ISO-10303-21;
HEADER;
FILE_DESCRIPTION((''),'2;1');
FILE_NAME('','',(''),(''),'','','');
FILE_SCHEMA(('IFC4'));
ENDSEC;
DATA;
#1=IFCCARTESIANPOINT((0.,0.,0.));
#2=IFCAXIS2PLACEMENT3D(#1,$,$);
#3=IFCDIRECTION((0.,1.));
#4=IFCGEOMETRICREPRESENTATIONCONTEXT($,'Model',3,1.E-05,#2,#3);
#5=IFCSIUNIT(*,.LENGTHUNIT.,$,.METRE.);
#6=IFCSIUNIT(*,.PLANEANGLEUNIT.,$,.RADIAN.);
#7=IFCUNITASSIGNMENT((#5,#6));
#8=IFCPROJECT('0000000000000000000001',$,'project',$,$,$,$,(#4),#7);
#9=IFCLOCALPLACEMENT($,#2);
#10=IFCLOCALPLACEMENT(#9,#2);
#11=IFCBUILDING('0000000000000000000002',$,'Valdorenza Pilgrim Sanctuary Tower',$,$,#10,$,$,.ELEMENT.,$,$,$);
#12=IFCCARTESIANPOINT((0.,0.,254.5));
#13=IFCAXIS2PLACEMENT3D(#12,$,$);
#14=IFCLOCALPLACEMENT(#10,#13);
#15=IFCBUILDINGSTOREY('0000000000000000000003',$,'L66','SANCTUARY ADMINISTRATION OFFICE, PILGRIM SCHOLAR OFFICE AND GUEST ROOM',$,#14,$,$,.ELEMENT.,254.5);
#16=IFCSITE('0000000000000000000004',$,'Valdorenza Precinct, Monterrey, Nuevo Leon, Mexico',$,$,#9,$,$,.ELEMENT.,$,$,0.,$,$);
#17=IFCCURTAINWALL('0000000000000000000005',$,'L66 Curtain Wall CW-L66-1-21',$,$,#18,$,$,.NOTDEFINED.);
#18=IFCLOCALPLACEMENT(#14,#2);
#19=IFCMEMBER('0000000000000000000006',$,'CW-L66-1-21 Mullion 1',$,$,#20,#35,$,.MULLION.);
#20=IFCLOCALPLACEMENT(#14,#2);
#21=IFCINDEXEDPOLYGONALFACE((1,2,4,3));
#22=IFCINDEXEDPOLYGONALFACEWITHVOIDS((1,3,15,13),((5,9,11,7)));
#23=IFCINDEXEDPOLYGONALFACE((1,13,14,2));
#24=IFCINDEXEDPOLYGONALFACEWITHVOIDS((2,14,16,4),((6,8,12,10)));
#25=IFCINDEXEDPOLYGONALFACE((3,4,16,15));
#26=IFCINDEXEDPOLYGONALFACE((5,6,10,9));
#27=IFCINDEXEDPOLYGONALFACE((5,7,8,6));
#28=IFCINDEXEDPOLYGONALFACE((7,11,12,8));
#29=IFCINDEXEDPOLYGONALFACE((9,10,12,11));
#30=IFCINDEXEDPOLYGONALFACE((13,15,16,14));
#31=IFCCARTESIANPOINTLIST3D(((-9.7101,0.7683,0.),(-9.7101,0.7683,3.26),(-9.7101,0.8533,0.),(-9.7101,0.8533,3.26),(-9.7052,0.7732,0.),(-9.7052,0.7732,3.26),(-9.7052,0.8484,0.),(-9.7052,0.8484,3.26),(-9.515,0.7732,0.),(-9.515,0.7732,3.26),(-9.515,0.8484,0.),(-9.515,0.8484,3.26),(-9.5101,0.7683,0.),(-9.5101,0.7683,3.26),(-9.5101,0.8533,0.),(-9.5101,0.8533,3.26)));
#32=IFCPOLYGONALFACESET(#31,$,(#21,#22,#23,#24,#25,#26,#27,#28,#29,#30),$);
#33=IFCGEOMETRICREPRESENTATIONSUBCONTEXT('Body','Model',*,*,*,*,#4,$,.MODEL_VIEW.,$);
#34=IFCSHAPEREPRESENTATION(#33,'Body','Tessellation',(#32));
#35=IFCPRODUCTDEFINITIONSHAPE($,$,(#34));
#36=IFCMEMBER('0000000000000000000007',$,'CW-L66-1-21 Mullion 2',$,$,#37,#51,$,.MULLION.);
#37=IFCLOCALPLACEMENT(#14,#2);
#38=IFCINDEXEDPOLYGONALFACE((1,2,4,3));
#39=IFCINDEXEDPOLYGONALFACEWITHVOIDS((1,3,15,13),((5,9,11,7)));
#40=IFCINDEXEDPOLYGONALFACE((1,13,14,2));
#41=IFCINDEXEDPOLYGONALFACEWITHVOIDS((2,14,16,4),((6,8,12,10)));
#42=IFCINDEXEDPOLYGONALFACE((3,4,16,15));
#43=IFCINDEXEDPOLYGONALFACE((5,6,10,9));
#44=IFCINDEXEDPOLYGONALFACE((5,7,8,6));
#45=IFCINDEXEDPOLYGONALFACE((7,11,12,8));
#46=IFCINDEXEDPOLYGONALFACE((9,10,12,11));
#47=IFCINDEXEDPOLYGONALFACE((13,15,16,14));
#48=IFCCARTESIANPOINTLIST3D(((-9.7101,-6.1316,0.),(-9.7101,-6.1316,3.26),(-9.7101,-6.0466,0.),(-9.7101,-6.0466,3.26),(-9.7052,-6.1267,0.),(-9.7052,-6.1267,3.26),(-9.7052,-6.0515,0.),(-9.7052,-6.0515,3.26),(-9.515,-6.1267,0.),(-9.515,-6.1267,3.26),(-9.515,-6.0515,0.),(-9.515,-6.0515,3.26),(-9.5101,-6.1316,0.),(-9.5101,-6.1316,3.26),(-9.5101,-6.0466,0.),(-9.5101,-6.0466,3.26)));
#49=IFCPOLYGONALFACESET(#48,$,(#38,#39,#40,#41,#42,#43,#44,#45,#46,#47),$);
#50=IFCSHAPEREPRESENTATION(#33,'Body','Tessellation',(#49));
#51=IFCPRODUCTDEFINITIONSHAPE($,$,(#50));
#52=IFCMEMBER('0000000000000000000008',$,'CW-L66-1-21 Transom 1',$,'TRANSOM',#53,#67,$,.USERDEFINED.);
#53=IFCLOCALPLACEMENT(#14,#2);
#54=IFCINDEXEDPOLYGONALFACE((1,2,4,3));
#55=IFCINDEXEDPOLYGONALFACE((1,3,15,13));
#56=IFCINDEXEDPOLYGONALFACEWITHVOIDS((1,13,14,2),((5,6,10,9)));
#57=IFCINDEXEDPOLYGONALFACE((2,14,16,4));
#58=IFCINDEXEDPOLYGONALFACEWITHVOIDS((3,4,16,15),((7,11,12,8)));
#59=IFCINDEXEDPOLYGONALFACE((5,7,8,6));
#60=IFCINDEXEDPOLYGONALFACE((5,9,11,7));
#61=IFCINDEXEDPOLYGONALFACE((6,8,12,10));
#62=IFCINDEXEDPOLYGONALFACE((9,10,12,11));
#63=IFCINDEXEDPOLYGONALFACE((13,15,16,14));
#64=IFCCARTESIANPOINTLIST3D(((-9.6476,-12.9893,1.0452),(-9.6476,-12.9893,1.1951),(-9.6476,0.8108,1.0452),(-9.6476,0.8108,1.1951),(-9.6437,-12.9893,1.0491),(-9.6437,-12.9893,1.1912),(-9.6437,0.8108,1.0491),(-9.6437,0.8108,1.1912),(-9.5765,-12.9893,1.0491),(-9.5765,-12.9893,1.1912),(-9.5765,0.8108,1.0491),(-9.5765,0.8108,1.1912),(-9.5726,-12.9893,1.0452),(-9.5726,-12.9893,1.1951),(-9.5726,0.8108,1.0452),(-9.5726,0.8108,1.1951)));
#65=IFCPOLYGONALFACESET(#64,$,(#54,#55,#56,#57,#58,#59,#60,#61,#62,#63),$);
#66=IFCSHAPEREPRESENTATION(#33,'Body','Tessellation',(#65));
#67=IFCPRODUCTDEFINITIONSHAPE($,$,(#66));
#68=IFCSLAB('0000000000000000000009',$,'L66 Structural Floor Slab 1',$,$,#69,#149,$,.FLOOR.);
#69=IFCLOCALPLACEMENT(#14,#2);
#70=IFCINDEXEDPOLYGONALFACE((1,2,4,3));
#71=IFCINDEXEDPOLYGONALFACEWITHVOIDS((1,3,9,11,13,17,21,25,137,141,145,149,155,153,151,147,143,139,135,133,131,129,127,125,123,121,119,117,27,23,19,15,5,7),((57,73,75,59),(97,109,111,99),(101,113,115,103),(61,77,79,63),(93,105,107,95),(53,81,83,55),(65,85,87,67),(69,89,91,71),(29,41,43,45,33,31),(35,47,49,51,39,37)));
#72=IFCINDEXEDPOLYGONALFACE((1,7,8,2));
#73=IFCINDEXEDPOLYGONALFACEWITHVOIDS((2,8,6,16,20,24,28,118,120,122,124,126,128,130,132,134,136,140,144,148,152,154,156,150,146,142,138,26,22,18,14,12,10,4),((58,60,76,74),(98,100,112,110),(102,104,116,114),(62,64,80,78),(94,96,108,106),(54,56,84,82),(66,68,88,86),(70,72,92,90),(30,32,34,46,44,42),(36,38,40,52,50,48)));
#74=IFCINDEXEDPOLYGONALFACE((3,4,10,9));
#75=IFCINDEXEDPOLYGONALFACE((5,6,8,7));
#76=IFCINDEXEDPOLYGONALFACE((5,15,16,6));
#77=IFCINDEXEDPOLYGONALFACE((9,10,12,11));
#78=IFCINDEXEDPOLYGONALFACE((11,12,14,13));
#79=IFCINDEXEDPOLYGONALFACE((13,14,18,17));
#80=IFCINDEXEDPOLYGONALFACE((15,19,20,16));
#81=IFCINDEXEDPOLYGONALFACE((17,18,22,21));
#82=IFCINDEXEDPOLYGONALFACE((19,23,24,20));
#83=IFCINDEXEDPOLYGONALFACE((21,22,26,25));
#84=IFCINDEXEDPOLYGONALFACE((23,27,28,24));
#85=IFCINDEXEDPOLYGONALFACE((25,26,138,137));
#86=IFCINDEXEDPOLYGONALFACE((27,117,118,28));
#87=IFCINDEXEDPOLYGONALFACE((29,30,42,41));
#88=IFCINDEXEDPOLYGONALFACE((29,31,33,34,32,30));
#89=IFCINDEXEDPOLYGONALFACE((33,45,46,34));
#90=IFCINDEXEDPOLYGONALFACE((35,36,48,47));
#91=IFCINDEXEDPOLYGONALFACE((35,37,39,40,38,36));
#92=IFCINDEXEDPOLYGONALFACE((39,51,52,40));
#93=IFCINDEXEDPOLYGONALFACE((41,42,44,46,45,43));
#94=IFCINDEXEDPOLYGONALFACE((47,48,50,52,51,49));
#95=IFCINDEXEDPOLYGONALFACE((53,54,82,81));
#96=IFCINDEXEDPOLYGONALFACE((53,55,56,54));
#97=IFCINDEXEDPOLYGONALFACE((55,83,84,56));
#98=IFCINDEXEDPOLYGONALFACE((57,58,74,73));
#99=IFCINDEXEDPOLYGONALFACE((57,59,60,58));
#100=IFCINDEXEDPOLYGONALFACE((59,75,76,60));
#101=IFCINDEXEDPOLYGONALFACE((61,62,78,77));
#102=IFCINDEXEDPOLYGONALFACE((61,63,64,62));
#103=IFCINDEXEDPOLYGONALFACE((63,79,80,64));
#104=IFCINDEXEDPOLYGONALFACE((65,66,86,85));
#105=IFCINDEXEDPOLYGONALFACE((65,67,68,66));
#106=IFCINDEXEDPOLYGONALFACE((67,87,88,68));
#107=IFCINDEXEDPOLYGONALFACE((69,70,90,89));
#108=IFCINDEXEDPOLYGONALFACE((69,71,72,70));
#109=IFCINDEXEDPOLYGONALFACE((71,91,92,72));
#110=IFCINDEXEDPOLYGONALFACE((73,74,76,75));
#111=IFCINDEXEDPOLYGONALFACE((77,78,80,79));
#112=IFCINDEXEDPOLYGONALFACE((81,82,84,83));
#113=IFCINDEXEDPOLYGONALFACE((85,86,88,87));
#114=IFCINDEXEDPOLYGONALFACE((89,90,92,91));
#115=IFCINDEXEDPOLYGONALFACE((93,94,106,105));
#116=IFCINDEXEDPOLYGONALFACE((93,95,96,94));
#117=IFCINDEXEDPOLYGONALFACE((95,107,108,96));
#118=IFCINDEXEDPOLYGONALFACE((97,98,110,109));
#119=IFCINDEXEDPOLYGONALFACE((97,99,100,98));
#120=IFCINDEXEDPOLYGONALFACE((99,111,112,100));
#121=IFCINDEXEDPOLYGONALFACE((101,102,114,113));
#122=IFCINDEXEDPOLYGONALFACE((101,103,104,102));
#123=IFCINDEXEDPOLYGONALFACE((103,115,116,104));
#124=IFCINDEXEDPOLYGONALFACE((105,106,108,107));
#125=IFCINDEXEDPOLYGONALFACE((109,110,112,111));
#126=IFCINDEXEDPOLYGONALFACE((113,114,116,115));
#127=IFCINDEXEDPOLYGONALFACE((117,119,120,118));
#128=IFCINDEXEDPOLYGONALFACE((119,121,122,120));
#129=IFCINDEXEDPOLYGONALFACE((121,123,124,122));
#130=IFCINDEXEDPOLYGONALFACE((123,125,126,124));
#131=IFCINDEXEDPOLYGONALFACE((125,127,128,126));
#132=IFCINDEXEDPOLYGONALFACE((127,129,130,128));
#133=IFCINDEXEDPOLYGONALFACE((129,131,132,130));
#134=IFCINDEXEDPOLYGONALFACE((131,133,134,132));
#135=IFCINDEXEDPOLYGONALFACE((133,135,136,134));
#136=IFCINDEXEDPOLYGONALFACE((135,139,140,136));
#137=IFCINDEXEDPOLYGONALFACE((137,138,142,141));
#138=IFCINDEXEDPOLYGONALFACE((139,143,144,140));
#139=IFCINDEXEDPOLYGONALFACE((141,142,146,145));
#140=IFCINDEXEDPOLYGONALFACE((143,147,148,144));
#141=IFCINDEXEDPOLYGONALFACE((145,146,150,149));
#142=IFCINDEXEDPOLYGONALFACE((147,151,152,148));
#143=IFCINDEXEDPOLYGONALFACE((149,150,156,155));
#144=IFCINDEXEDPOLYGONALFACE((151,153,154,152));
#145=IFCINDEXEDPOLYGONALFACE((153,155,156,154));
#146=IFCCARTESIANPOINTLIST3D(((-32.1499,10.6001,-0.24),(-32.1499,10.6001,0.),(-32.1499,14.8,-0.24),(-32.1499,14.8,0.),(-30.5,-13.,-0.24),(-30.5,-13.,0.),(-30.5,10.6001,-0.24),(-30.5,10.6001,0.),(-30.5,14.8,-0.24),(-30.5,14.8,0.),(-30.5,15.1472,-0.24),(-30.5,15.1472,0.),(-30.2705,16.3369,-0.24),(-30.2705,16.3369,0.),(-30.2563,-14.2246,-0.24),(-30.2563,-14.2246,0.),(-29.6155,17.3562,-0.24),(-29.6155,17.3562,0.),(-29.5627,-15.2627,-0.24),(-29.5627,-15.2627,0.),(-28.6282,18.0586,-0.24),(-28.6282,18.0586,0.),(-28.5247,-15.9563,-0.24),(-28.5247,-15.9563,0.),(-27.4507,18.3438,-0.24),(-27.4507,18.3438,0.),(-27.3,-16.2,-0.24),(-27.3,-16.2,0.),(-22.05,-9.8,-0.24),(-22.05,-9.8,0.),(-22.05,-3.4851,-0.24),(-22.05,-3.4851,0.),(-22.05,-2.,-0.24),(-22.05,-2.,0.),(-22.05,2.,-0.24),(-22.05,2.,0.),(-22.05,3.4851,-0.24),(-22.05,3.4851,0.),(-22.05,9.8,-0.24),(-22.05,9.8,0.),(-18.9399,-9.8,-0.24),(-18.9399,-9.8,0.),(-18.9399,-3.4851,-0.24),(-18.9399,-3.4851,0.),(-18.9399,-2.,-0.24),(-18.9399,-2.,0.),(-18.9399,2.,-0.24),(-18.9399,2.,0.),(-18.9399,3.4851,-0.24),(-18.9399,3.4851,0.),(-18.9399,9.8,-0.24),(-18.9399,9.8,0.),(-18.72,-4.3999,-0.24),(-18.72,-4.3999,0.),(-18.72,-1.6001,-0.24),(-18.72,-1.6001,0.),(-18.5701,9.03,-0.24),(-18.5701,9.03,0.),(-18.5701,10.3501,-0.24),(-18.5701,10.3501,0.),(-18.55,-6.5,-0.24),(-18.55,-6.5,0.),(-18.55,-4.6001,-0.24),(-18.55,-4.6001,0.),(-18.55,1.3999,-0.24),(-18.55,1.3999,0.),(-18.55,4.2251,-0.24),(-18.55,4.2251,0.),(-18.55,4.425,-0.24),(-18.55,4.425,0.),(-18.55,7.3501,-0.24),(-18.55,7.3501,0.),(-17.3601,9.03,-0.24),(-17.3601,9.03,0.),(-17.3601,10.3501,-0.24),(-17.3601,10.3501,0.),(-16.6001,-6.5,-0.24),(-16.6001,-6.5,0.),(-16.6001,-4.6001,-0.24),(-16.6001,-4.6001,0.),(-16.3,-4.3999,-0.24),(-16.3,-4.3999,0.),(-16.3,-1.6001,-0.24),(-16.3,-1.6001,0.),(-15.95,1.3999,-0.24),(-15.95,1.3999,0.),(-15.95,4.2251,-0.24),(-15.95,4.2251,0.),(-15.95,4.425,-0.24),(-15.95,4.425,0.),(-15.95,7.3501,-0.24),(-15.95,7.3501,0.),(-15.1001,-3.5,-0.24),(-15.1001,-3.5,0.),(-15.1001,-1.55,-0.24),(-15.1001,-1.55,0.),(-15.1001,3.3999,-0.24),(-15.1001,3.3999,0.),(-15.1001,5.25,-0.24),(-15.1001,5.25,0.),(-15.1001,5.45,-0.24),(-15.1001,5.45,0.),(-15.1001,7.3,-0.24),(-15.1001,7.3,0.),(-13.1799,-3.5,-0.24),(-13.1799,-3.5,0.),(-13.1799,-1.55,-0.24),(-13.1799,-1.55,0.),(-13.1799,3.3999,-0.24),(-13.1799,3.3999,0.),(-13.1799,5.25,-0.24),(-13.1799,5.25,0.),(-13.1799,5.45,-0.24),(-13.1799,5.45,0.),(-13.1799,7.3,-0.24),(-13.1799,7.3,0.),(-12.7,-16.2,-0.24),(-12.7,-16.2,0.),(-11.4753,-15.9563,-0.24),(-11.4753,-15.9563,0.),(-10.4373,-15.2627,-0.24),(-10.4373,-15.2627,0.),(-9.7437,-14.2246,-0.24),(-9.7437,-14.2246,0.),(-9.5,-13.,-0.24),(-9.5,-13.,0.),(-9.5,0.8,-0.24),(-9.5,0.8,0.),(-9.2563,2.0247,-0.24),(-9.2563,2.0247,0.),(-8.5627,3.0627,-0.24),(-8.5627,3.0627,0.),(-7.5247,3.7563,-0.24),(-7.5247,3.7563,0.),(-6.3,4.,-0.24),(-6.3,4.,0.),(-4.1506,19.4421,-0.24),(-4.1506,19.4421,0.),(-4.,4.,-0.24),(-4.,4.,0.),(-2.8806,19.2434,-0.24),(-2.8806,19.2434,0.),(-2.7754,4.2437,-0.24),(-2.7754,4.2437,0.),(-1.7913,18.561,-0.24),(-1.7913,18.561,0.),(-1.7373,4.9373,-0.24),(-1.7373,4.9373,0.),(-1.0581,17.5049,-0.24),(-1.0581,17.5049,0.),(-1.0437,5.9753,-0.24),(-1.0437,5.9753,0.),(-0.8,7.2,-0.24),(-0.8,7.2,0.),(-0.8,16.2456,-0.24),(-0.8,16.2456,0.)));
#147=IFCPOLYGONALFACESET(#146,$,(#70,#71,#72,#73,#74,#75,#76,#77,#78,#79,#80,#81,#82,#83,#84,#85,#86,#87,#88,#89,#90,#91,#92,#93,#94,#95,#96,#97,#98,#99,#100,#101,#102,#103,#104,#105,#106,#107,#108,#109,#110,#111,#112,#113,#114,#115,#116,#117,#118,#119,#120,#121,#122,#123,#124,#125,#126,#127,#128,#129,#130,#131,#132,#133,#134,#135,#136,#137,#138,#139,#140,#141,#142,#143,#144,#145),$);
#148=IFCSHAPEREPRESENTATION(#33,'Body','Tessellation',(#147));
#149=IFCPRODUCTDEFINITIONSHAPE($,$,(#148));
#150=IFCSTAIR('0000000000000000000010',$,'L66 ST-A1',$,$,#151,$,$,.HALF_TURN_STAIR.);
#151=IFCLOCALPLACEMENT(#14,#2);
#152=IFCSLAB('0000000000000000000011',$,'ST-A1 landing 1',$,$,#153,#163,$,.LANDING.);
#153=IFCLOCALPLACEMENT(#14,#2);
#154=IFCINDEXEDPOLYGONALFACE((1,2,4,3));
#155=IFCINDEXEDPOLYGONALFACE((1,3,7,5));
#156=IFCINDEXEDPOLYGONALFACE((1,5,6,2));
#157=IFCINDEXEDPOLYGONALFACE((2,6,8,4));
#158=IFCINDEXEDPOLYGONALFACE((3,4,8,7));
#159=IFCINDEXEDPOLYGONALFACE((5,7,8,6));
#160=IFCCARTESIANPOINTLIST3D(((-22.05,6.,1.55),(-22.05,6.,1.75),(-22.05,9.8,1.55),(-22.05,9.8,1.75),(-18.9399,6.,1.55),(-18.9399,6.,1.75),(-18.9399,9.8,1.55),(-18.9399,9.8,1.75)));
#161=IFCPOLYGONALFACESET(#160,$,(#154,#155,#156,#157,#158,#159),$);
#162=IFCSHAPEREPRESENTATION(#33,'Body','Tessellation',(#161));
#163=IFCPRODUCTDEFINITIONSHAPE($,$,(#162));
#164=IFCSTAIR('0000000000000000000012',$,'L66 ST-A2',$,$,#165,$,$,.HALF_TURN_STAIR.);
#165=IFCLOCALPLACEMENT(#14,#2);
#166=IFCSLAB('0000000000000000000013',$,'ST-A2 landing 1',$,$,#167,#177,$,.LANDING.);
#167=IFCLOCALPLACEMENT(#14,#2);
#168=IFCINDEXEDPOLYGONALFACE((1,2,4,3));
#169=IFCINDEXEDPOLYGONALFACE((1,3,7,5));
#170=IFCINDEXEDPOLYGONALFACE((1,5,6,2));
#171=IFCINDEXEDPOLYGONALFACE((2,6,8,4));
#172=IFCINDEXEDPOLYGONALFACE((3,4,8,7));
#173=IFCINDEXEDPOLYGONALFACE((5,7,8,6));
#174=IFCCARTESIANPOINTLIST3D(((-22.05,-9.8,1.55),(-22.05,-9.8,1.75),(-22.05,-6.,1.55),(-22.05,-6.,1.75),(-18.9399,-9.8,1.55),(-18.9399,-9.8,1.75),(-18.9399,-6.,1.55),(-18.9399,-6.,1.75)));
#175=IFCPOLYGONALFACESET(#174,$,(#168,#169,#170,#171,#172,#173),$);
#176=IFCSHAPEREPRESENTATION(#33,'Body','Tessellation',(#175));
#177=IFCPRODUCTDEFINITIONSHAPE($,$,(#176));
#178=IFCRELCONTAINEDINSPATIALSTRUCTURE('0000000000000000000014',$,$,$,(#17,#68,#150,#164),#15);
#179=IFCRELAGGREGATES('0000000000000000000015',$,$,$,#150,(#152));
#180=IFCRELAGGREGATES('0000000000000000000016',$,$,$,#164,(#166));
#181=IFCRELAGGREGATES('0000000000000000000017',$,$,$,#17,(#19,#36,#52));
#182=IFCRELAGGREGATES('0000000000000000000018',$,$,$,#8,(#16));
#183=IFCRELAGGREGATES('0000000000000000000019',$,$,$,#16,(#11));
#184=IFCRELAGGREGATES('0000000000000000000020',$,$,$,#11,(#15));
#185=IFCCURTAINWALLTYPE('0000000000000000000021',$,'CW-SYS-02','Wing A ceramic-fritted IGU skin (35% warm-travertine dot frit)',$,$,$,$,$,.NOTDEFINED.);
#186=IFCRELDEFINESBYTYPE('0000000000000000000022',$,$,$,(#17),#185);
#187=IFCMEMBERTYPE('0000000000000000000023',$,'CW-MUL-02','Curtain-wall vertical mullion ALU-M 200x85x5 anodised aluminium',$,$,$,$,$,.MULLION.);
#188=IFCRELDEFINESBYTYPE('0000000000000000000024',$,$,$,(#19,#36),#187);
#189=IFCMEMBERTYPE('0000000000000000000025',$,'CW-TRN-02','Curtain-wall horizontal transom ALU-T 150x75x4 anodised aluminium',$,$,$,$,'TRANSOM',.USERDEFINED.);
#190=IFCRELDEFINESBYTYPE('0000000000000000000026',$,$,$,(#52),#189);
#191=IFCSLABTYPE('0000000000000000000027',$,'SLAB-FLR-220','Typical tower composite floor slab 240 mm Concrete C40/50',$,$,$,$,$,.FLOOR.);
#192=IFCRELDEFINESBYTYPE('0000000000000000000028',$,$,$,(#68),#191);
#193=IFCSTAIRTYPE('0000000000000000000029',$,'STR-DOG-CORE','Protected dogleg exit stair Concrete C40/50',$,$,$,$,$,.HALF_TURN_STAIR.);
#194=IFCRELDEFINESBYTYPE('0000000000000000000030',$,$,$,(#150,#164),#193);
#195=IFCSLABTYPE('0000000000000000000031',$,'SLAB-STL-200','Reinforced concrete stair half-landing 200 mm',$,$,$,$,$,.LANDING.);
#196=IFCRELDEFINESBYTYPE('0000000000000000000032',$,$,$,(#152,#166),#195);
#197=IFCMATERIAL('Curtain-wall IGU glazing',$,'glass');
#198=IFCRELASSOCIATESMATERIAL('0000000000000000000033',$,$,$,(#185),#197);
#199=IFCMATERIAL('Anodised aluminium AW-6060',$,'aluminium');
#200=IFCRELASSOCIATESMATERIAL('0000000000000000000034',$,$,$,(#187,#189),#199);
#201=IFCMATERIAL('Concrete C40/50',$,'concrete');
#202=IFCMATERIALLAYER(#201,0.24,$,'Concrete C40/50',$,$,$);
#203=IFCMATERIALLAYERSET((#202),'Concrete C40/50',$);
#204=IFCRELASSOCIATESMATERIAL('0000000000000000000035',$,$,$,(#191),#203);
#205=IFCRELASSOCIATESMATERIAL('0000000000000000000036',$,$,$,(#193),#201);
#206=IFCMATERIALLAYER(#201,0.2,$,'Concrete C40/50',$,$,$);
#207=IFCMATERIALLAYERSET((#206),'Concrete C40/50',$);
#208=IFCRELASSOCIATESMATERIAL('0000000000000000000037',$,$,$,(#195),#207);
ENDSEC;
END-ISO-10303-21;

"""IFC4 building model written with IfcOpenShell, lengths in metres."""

from ifc_helpers import new_model, si_unit, direction, frame, origin, origin_2d, place, context, subcontext, project, spatial, polyline, hollow_rectangle, outline, extrude, source, transform, mapped, material, layer, layer_set, material_profile, profile_set, type_object, element, aggregate, save


model = new_model("IFC4")

# Units and contexts
model_context = context("Model", 3, precision=1e-05, world=origin(), true_north=direction((0.0, 1.0)))
body_context = subcontext(model_context, "Body", "Model", "MODEL_VIEW")
ifc_project = project(units=[si_unit("LENGTHUNIT", "METRE"), si_unit("PLANEANGLEUNIT", "RADIAN")], contexts=[model_context])

# Site, building, storey
site_placement = place(None, origin())
site = spatial("IfcSite", under=ifc_project, at=site_placement, Name="Valdorenza Precinct, Monterrey, Nuevo Leon, Mexico", CompositionType="ELEMENT", RefElevation=0.0)
building_placement = place(site_placement, origin())
building = spatial("IfcBuilding", under=site, at=building_placement, Name="Valdorenza Pilgrim Sanctuary Tower", CompositionType="ELEMENT")
storey_placement = place(building_placement, frame((0.0, 0.0, 254.5)))
storey = spatial("IfcBuildingStorey", under=building, at=storey_placement, Name="L66", Description="SANCTUARY ADMINISTRATION OFFICE, PILGRIM SCHOLAR OFFICE AND GUEST ROOM", CompositionType="ELEMENT", Elevation=254.5)

# Curtain wall, members
ifc_material_1 = material(Name="Curtain-wall IGU glazing", Category="glass")
curtain_wall_type = type_object("IfcCurtainWallType", Name="CW-SYS-02", Description="Wing A ceramic-fritted IGU skin (35% warm-travertine dot frit)", PredefinedType="NOTDEFINED", material=ifc_material_1)
curtain_wall_placement = place(storey_placement, origin())
curtain_wall = element("IfcCurtainWall", 1, at=curtain_wall_placement, inside=storey, type_object=curtain_wall_type, Name="L66 Curtain Wall CW-L66-1-21", PredefinedType="NOTDEFINED")
ifc_material_2 = material(Name="Anodised aluminium AW-6060", Category="aluminium")
ifc_material_profile_1 = material_profile(ifc_material_2, hollow_rectangle(XDim=0.085, YDim=0.2, WallThickness=0.0049, at=origin_2d()), Name="ALU-M 200x85x5")
ifc_profile_set_1 = profile_set([ifc_material_profile_1], Name="Anodised aluminium AW-6060")
member_type_1 = type_object("IfcMemberType", Name="CW-MUL-02", Description="Curtain-wall vertical mullion ALU-M 200x85x5 anodised aluminium", PredefinedType="MULLION", material=ifc_profile_set_1)
shared_shape_1 = source(origin(), body_context, "Body", "SweptSolid", [
    extrude(hollow_rectangle(XDim=0.085, YDim=0.2, WallThickness=0.0049, at=origin_2d()), origin(), (0.0, 0.0, 1.0), 3.26),
])
member_1_placement = place(storey_placement, frame((-9.6101, 0.8108, 0.0), z_axis=(0.0, 0.0, 1.0), x_axis=(0.0, -1.0, 0.0)))
member_1 = element("IfcMember", 2, at=member_1_placement, type_object=member_type_1, Name="CW-L66-1-21 Mullion 1", PredefinedType="MULLION", context=body_context, shape_type="MappedRepresentation", body=[
    mapped(shared_shape_1, transform((0.0, 0.0, 0.0), x_axis=(1.0, 0.0, 0.0), y_axis=(0.0, 1.0, 0.0), z_axis=(0.0, 0.0, 1.0), scale=1.0)),
])
member_2_placement = place(storey_placement, frame((-9.6101, -6.0891, 0.0), z_axis=(0.0, 0.0, 1.0), x_axis=(0.0, -1.0, 0.0)))
member_2 = element("IfcMember", 3, at=member_2_placement, type_object=member_type_1, Name="CW-L66-1-21 Mullion 2", PredefinedType="MULLION", context=body_context, shape_type="MappedRepresentation", body=[
    mapped(shared_shape_1, transform((0.0, 0.0, 0.0), x_axis=(1.0, 0.0, 0.0), y_axis=(0.0, 1.0, 0.0), z_axis=(0.0, 0.0, 1.0), scale=1.0)),
])
ifc_material_profile_2 = material_profile(ifc_material_2, hollow_rectangle(XDim=0.075, YDim=0.1499, WallThickness=0.0039, at=origin_2d()), Name="ALU-T 150x75x4")
ifc_profile_set_2 = profile_set([ifc_material_profile_2], Name="Anodised aluminium AW-6060")
member_type_2 = type_object("IfcMemberType", Name="CW-TRN-02", Description="Curtain-wall horizontal transom ALU-T 150x75x4 anodised aluminium", ElementType="TRANSOM", PredefinedType="USERDEFINED", material=ifc_profile_set_2)
shared_shape_2 = source(origin(), body_context, "Body", "SweptSolid", [
    extrude(hollow_rectangle(XDim=0.075, YDim=0.1499, WallThickness=0.0039, at=origin_2d()), origin(), (0.0, 0.0, 1.0), 13.8),
])
member_3_placement = place(storey_placement, frame((-9.6101, 0.8108, 1.1201), z_axis=(0.0, -1.0, 0.0), x_axis=(1.0, 0.0, 0.0)))
member_3 = element("IfcMember", 4, at=member_3_placement, type_object=member_type_2, Name="CW-L66-1-21 Transom 1", ObjectType="TRANSOM", PredefinedType="USERDEFINED", context=body_context, shape_type="MappedRepresentation", body=[
    mapped(shared_shape_2, transform((0.0, 0.0, 0.0), x_axis=(1.0, 0.0, 0.0), y_axis=(0.0, 1.0, 0.0), z_axis=(0.0, 0.0, 1.0), scale=1.0)),
])

# Slab
ifc_material_3 = material(Name="Concrete C40/50", Category="concrete")
ifc_layer_1 = layer(ifc_material_3, 0.24, Name="Concrete C40/50")
ifc_layer_set_1 = layer_set([ifc_layer_1], Name="Concrete C40/50")
slab_type_1 = type_object("IfcSlabType", Name="SLAB-FLR-220", Description="Typical tower composite floor slab 240 mm Concrete C40/50", PredefinedType="FLOOR", material=ifc_layer_set_1)
slab_1_placement = place(storey_placement, frame((0.0, 0.0, -0.24)))
element("IfcSlab", 5, at=slab_1_placement, inside=storey, type_object=slab_type_1, Name="L66 Structural Floor Slab 1", PredefinedType="FLOOR", context=body_context, shape_type="SweptSolid", body=[
    extrude(outline(polyline([(-30.2705, 16.3369), (-29.6155, 17.3562), (-28.6282, 18.0586), (-27.4507, 18.3438), (-4.1506, 19.4421), (-2.8806, 19.2434), (-1.7913, 18.561), (-1.0581, 17.5049), (-0.8, 16.2456), (-0.8, 7.2), (-1.0437, 5.9753), (-1.7373, 4.9373), (-2.7754, 4.2437), (-4.0, 4.0), (-6.3, 4.0), (-7.5247, 3.7563), (-8.5627, 3.0627), (-9.2563, 2.0247), (-9.5, 0.8), (-9.5, -13.0), (-9.7437, -14.2246), (-10.4373, -15.2627), (-11.4753, -15.9563), (-12.7, -16.2), (-27.3, -16.2), (-28.5247, -15.9563), (-29.5627, -15.2627), (-30.2563, -14.2246), (-30.5, -13.0), (-30.5, 10.6001), (-32.1499, 10.6001), (-32.1499, 14.8), (-30.5, 14.8), (-30.5, 15.1472), (-30.2705, 16.3369)]), holes=[polyline([(-22.05, -9.8), (-18.9399, -9.8), (-18.9399, -3.4851), (-18.9399, -2.0), (-22.05, -2.0), (-22.05, -3.4851), (-22.05, -9.8)]), polyline([(-16.6001, -6.5), (-16.6001, -4.6001), (-18.55, -4.6001), (-18.55, -6.5), (-16.6001, -6.5)]), polyline([(-22.05, 2.0), (-18.9399, 2.0), (-18.9399, 3.4851), (-18.9399, 9.8), (-22.05, 9.8), (-22.05, 3.4851), (-22.05, 2.0)]), polyline([(-17.3601, 9.03), (-17.3601, 10.3501), (-18.5701, 10.3501), (-18.5701, 9.03), (-17.3601, 9.03)]), polyline([(-16.3, -1.6001), (-18.72, -1.6001), (-18.72, -4.3999), (-16.3, -4.3999), (-16.3, -1.6001)]), polyline([(-13.1799, -3.5), (-13.1799, -1.55), (-15.1001, -1.55), (-15.1001, -3.5), (-13.1799, -3.5)]), polyline([(-15.95, 1.3999), (-15.95, 4.2251), (-18.55, 4.2251), (-18.55, 1.3999), (-15.95, 1.3999)]), polyline([(-13.1799, 5.25), (-15.1001, 5.25), (-15.1001, 3.3999), (-13.1799, 3.3999), (-13.1799, 5.25)]), polyline([(-15.95, 4.425), (-15.95, 7.3501), (-18.55, 7.3501), (-18.55, 4.425), (-15.95, 4.425)]), polyline([(-13.1799, 5.45), (-13.1799, 7.3), (-15.1001, 7.3), (-15.1001, 5.45), (-13.1799, 5.45)])]), origin(), (0.0, 0.0, 1.0), 0.24),
])

# Stairs, slabs
stair_type = type_object("IfcStairType", Name="STR-DOG-CORE", Description="Protected dogleg exit stair Concrete C40/50", PredefinedType="HALF_TURN_STAIR", material=ifc_material_3)
stair_1_placement = place(storey_placement, origin())
stair_1 = element("IfcStair", 6, at=stair_1_placement, inside=storey, type_object=stair_type, Name="L66 ST-A1", PredefinedType="HALF_TURN_STAIR")
ifc_layer_2 = layer(ifc_material_3, 0.2, Name="Concrete C40/50")
ifc_layer_set_2 = layer_set([ifc_layer_2], Name="Concrete C40/50")
slab_type_2 = type_object("IfcSlabType", Name="SLAB-STL-200", Description="Reinforced concrete stair half-landing 200 mm", PredefinedType="LANDING", material=ifc_layer_set_2)
slab_2_placement = place(storey_placement, frame((0.0, 0.0, 1.55)))
slab_2 = element("IfcSlab", 7, at=slab_2_placement, type_object=slab_type_2, Name="ST-A1 landing 1", PredefinedType="LANDING", context=body_context, shape_type="SweptSolid", body=[
    extrude(outline(polyline([(-18.9399, 6.0), (-18.9399, 9.8), (-22.05, 9.8), (-22.05, 6.0), (-18.9399, 6.0)])), origin(), (0.0, 0.0, 1.0), 0.2),
])
aggregate(stair_1, [slab_2])
stair_2_placement = place(storey_placement, origin())
stair_2 = element("IfcStair", 8, at=stair_2_placement, inside=storey, type_object=stair_type, Name="L66 ST-A2", PredefinedType="HALF_TURN_STAIR")
slab_3_placement = place(storey_placement, frame((0.0, 0.0, 1.55)))
slab_3 = element("IfcSlab", 9, at=slab_3_placement, type_object=slab_type_2, Name="ST-A2 landing 1", PredefinedType="LANDING", context=body_context, shape_type="SweptSolid", body=[
    extrude(outline(polyline([(-22.05, -6.0), (-22.05, -9.8), (-18.9399, -9.8), (-18.9399, -6.0), (-22.05, -6.0)])), origin(), (0.0, 0.0, 1.0), 0.2),
])
aggregate(stair_2, [slab_3])

aggregate(curtain_wall, [member_1, member_2, member_3])

save(model, "model.ifc")
